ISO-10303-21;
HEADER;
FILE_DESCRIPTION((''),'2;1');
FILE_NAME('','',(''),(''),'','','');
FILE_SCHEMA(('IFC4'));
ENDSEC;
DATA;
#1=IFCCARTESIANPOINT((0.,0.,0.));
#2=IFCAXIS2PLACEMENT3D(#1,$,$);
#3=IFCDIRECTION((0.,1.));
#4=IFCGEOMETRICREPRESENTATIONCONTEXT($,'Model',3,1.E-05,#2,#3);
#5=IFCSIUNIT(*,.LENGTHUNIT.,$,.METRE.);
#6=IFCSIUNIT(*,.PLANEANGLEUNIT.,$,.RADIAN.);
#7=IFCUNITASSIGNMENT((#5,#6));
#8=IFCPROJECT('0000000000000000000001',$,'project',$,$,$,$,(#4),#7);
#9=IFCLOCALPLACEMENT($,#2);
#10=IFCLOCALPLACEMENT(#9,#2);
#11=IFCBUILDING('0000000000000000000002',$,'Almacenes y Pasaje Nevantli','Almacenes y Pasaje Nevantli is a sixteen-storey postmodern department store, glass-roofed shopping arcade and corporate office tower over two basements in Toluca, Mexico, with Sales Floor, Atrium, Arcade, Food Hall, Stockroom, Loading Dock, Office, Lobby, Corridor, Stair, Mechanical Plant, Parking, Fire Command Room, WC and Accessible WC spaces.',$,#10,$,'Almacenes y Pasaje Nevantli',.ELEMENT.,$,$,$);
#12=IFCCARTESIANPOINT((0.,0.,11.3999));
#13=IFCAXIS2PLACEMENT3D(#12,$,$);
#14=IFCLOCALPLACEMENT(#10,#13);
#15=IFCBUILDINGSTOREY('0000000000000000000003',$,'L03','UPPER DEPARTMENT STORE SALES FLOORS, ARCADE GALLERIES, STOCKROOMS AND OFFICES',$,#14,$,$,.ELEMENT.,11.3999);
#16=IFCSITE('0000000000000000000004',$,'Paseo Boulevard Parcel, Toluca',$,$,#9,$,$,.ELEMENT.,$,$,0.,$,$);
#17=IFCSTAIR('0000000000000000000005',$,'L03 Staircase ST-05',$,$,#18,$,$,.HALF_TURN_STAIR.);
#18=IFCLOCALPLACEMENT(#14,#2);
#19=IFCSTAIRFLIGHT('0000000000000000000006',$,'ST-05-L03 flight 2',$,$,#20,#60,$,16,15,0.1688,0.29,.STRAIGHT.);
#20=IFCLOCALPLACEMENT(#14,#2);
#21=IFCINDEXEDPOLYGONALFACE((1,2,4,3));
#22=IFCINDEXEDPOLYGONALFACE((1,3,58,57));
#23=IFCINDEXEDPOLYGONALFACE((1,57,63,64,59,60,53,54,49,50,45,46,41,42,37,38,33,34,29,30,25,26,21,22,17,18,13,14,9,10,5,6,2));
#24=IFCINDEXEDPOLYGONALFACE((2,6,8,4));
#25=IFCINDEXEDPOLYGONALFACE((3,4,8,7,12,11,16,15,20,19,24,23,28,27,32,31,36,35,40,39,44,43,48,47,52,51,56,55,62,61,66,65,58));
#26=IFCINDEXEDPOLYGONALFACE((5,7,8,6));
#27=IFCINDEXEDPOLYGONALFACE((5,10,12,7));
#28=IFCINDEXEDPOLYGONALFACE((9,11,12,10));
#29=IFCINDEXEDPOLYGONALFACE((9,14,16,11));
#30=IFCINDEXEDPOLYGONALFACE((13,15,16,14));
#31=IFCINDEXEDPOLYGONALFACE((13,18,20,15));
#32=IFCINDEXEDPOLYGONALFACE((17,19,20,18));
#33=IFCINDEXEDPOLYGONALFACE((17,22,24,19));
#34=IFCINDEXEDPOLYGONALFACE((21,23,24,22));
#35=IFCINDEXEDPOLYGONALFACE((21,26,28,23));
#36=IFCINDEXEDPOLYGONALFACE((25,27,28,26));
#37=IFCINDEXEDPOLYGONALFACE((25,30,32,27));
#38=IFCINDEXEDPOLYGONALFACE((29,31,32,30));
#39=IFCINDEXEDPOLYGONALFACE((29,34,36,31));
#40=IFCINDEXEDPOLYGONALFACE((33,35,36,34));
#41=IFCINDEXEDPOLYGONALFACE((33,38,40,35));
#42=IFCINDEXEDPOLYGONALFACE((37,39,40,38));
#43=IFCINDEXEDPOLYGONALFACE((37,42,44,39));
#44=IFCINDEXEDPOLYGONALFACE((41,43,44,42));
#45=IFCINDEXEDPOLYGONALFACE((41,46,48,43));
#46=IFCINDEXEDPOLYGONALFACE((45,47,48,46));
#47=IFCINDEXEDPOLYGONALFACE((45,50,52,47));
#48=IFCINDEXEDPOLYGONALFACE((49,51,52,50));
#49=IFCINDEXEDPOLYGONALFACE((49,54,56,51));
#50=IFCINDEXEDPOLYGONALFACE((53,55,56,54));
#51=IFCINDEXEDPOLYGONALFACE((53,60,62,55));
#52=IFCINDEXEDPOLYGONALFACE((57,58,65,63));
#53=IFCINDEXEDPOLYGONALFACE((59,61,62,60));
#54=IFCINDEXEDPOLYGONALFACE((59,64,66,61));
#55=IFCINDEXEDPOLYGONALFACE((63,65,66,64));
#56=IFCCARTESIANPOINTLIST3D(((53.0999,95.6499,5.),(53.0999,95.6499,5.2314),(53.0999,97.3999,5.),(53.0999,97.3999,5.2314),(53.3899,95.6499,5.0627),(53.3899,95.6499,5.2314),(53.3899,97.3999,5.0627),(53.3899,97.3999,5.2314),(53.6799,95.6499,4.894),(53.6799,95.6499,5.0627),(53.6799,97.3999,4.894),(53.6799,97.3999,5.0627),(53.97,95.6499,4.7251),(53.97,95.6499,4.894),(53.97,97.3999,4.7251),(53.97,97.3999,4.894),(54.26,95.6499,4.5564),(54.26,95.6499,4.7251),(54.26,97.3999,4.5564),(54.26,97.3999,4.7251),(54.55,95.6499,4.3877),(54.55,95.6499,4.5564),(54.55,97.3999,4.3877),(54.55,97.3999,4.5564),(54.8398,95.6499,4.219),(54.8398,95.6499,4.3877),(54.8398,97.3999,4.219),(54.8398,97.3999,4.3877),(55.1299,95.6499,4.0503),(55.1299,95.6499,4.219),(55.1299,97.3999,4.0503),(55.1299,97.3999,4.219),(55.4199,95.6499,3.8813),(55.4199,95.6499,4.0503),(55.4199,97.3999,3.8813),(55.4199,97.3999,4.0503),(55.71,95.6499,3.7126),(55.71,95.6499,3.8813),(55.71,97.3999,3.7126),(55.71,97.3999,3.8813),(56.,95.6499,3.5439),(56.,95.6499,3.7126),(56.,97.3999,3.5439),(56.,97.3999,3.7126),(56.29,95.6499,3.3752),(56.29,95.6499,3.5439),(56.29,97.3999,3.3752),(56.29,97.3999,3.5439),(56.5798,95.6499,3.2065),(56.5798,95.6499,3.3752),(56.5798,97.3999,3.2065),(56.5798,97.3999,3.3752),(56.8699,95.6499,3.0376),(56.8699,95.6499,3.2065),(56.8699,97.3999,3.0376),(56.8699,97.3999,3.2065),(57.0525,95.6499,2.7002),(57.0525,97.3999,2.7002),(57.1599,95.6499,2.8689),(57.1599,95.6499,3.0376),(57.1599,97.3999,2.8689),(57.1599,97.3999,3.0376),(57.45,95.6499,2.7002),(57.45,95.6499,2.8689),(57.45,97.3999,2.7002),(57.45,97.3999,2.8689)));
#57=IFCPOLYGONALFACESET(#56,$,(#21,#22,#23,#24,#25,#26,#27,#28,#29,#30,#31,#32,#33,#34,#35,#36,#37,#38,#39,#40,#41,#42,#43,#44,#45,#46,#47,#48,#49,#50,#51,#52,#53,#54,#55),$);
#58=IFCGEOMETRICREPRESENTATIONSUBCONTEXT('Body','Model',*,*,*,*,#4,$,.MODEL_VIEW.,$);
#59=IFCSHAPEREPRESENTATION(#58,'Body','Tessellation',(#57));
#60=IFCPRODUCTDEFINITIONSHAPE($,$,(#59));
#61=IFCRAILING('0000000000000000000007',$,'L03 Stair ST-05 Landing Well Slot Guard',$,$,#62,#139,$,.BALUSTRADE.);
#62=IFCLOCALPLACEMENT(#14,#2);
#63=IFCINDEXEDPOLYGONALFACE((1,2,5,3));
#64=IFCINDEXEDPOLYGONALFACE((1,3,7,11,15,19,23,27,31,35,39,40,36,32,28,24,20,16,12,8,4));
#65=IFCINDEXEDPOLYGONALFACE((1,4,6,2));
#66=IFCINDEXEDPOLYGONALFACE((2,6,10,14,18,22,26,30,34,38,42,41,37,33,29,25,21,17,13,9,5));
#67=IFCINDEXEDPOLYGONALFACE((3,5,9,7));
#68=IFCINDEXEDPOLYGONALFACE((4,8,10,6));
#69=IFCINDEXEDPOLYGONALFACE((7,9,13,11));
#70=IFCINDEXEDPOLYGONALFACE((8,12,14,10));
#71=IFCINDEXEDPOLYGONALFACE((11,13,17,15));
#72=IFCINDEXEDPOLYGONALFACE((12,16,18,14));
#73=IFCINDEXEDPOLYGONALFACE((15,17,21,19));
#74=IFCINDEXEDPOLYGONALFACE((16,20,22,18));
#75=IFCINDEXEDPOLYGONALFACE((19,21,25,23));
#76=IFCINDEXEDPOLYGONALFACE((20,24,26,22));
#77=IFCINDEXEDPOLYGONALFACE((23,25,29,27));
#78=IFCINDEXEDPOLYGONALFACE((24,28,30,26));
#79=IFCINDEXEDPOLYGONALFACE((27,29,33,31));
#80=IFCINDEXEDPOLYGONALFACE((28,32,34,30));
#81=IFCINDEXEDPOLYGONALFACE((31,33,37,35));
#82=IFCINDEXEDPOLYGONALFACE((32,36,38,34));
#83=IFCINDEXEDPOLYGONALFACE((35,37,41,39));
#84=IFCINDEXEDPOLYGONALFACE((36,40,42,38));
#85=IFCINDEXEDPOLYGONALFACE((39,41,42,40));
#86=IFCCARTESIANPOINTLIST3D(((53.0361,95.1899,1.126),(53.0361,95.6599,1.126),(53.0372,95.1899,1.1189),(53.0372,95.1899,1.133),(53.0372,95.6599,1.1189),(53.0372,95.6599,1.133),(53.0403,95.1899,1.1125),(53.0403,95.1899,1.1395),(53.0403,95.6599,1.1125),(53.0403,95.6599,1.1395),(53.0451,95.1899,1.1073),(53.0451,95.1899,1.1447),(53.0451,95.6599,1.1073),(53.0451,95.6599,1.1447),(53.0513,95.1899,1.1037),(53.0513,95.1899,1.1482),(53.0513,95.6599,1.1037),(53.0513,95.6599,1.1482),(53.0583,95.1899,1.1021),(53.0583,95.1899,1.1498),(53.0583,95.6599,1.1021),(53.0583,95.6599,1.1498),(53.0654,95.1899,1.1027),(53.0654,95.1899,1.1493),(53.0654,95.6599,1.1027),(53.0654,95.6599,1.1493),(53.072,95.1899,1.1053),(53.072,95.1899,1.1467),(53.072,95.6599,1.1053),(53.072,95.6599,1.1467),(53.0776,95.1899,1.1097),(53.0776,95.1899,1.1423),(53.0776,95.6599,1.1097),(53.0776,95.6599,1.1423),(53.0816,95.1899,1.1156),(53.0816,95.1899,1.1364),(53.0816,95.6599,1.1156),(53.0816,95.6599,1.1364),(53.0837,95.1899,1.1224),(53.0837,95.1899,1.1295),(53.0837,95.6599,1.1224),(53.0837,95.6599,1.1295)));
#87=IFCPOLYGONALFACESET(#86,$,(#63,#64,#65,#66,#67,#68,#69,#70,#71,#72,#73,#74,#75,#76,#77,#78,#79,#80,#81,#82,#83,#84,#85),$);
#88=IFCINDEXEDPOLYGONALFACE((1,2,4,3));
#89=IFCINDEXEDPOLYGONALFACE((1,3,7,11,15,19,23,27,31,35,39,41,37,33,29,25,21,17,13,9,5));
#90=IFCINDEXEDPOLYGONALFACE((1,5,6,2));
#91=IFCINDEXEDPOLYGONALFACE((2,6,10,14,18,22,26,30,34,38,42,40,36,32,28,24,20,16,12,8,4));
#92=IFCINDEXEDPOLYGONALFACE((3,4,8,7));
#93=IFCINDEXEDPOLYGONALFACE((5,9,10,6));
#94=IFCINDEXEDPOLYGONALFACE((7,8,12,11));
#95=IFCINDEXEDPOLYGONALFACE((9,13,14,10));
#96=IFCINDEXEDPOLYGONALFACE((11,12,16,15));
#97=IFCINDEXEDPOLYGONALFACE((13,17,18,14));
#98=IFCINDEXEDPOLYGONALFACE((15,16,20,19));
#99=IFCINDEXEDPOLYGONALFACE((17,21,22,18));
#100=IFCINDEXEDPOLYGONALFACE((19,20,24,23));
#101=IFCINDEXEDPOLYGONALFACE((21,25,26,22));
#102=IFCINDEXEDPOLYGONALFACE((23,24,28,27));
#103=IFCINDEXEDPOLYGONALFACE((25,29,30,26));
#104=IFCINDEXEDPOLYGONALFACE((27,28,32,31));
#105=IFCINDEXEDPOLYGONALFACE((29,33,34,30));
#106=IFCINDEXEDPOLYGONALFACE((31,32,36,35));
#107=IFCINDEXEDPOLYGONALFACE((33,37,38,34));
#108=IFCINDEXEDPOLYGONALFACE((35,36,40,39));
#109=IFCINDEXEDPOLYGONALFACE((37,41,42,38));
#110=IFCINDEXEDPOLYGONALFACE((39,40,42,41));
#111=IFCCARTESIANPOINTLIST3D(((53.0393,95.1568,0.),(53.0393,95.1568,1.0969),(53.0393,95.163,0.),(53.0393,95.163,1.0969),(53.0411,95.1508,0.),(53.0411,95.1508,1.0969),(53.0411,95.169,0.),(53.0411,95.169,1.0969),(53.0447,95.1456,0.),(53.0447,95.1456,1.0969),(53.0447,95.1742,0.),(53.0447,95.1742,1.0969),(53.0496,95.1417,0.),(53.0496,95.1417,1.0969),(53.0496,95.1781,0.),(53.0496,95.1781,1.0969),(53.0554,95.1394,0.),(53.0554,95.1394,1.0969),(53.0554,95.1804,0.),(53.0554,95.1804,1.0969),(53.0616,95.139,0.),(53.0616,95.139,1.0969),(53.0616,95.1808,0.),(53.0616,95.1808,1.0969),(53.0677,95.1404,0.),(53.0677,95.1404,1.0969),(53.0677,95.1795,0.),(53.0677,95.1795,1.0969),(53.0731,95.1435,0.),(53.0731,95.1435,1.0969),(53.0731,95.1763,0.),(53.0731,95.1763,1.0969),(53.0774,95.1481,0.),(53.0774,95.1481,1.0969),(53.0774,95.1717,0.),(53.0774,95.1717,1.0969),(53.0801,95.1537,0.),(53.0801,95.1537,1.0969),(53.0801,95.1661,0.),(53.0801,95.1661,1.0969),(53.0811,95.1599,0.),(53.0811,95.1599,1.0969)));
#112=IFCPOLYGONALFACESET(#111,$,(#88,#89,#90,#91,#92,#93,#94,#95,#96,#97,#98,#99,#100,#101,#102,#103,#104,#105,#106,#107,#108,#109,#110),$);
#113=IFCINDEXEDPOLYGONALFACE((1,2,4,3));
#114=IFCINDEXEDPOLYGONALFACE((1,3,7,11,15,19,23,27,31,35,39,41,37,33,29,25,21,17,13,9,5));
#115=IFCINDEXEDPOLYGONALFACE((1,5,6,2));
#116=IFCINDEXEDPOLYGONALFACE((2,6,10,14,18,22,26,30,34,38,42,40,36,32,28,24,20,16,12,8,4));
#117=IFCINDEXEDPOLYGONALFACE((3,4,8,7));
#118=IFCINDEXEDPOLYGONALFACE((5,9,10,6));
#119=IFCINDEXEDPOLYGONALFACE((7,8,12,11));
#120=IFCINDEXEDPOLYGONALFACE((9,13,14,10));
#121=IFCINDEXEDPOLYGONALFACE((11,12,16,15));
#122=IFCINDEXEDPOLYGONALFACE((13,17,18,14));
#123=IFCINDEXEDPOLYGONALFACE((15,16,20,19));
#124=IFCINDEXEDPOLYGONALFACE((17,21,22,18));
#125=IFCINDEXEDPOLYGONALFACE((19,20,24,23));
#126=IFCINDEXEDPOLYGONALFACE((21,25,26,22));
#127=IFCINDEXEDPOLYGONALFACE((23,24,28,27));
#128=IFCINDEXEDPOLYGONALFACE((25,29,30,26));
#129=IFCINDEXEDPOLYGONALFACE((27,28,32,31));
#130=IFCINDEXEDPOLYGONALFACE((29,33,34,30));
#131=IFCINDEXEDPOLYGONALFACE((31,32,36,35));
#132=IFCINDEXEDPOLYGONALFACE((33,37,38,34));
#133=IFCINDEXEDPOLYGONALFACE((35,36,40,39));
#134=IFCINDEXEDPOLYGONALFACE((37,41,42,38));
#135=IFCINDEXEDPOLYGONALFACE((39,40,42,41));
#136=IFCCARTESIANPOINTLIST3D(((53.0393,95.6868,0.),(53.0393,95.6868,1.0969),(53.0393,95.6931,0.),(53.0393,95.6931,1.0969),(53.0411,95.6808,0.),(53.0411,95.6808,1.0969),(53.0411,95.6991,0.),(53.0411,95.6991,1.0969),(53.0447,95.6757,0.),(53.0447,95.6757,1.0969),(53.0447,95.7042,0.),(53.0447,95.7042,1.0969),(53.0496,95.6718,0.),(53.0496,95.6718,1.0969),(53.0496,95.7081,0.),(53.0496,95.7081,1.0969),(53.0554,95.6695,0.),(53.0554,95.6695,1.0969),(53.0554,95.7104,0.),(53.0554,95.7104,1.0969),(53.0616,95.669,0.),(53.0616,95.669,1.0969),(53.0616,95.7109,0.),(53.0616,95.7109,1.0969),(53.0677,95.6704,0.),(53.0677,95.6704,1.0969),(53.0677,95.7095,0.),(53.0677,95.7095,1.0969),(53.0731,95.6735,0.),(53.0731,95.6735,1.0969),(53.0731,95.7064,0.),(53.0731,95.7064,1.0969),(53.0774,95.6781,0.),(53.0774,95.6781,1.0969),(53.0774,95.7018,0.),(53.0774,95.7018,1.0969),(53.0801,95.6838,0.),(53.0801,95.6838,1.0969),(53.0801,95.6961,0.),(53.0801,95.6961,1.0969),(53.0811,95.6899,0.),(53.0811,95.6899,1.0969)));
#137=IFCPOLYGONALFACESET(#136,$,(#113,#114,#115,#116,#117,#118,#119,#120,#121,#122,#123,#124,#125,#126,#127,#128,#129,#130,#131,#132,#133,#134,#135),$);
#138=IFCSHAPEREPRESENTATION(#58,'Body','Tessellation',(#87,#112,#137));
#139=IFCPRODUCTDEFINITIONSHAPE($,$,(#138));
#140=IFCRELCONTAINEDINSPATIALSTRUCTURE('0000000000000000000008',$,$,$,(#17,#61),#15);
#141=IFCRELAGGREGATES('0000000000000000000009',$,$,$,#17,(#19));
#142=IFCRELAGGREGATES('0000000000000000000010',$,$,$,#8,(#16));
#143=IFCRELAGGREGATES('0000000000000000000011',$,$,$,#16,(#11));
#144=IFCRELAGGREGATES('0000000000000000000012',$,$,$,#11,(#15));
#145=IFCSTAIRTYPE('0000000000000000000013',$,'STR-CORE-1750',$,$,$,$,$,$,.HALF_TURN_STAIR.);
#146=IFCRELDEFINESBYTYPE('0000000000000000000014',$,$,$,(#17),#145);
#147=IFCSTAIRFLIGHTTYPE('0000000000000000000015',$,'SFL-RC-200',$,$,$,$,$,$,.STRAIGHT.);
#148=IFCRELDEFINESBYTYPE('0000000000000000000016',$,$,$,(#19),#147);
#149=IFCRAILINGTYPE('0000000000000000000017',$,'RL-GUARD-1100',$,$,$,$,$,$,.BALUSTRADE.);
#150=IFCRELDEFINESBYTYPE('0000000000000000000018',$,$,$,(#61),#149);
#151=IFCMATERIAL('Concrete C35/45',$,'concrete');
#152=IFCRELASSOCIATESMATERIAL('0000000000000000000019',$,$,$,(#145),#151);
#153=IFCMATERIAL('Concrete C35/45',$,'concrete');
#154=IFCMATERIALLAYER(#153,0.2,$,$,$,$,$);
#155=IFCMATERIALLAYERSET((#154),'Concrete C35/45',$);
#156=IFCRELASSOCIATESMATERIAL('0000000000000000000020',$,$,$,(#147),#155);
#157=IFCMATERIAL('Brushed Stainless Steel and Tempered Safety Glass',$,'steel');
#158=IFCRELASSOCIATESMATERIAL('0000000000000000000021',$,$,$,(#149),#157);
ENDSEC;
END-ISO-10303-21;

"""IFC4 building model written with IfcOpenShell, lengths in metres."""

from ifc_helpers import new_model, si_unit, direction, frame, origin, origin_2d, place, context, subcontext, project, spatial, polyline, circle, outline, extrude, material, layer, layer_set, type_object, element, aggregate, save


model = new_model("IFC4")

# Units and contexts
model_context = context("Model", 3, precision=1e-05, world=origin(), true_north=direction((0.0, 1.0)))
body_context = subcontext(model_context, "Body", "Model", "MODEL_VIEW")
ifc_project = project(units=[si_unit("LENGTHUNIT", "METRE"), si_unit("PLANEANGLEUNIT", "RADIAN")], contexts=[model_context])

# Site, building, storey
site_placement = place(None, origin())
site = spatial("IfcSite", under=ifc_project, at=site_placement, Name="Paseo Boulevard Parcel, Toluca", CompositionType="ELEMENT", RefElevation=0.0)
building_placement = place(site_placement, origin())
building = spatial("IfcBuilding", under=site, at=building_placement, Name="Almacenes y Pasaje Nevantli", Description="Almacenes y Pasaje Nevantli is a sixteen-storey postmodern department store, glass-roofed shopping arcade and corporate office tower over two basements in Toluca, Mexico, with Sales Floor, Atrium, Arcade, Food Hall, Stockroom, Loading Dock, Office, Lobby, Corridor, Stair, Mechanical Plant, Parking, Fire Command Room, WC and Accessible WC spaces.", LongName="Almacenes y Pasaje Nevantli", CompositionType="ELEMENT")
storey_placement = place(building_placement, frame((0.0, 0.0, 11.3999)))
storey = spatial("IfcBuildingStorey", under=building, at=storey_placement, Name="L03", Description="UPPER DEPARTMENT STORE SALES FLOORS, ARCADE GALLERIES, STOCKROOMS AND OFFICES", CompositionType="ELEMENT", Elevation=11.3999)

# Stair, stair flight
ifc_material_1 = material(Name="Concrete C35/45", Category="concrete")
stair_type = type_object("IfcStairType", Name="STR-CORE-1750", PredefinedType="HALF_TURN_STAIR", material=ifc_material_1)
stair_placement = place(storey_placement, origin())
stair = element("IfcStair", 1, at=stair_placement, inside=storey, type_object=stair_type, Name="L03 Staircase ST-05", PredefinedType="HALF_TURN_STAIR")
ifc_material_2 = material(Name="Concrete C35/45", Category="concrete")
ifc_layer_1 = layer(ifc_material_2, 0.2)
ifc_layer_set_1 = layer_set([ifc_layer_1], Name="Concrete C35/45")
stair_flight_type = type_object("IfcStairFlightType", Name="SFL-RC-200", PredefinedType="STRAIGHT", material=ifc_layer_set_1)
stair_flight_1_placement = place(storey_placement, frame((57.45, 96.5249, 2.7002), z_axis=(0.0, 0.0, 1.0), x_axis=(-1.0, 0.0, 0.0)))
stair_flight_1 = element("IfcStairFlight", 2, at=stair_flight_1_placement, type_object=stair_flight_type, Name="ST-05-L03 flight 2", NumberOfRisers=16, NumberOfTreads=15, PredefinedType="STRAIGHT", RiserHeight=0.1688, TreadLength=0.29, context=body_context, shape_type="SweptSolid", body=[
    extrude(outline(polyline([(0.0, 0.0), (0.0, 0.1687), (0.29, 0.1687), (0.29, 0.3374), (0.5801, 0.3374), (0.5801, 0.5063), (0.8701, 0.5063), (0.8701, 0.675), (1.1599, 0.675), (1.1599, 0.8438), (1.45, 0.8438), (1.45, 1.0125), (1.74, 1.0125), (1.74, 1.1812), (2.03, 1.1812), (2.03, 1.3501), (2.3201, 1.3501), (2.3201, 1.5188), (2.6101, 1.5188), (2.6101, 1.6875), (2.8999, 1.6875), (2.8999, 1.8562), (3.1899, 1.8562), (3.1899, 2.0249), (3.48, 2.0249), (3.48, 2.1938), (3.77, 2.1938), (3.77, 2.3625), (4.0601, 2.3625), (4.0601, 2.5312), (4.3501, 2.5312), (4.3501, 2.7), (4.3501, 2.2998), (0.3975, 0.0), (0.0, 0.0)])), frame((0.0, 0.875, 0.0), z_axis=(0.0, -1.0, 0.0), x_axis=(1.0, 0.0, 0.0)), (0.0, 0.0, 1.0), 1.75),
])
aggregate(stair, [stair_flight_1])

# Railing
ifc_material_3 = material(Name="Brushed Stainless Steel and Tempered Safety Glass", Category="steel")
railing_type_1 = type_object("IfcRailingType", Name="RL-GUARD-1100", PredefinedType="BALUSTRADE", material=ifc_material_3)
railing_1_placement = place(storey_placement, frame((53.0601, 95.1599, 0.0)))
element("IfcRailing", 3, at=railing_1_placement, inside=storey, type_object=railing_type_1, Name="L03 Stair ST-05 Landing Well Slot Guard", PredefinedType="BALUSTRADE", context=body_context, shape_type="SweptSolid", body=[
    extrude(circle(Radius=0.0239, at=origin_2d()), frame((0.0, 0.03, 1.126), z_axis=(0.0, 1.0, 0.0), x_axis=(-1.0, 0.0, 0.0)), (0.0, 0.0, 1.0), 0.47),
    extrude(circle(Radius=0.021, at=origin_2d()), origin(), (0.0, 0.0, 1.0), 1.0969),
    extrude(circle(Radius=0.021, at=origin_2d()), frame((0.0, 0.53, 0.0)), (0.0, 0.0, 1.0), 1.0969),
])

save(model, "model.ifc")
